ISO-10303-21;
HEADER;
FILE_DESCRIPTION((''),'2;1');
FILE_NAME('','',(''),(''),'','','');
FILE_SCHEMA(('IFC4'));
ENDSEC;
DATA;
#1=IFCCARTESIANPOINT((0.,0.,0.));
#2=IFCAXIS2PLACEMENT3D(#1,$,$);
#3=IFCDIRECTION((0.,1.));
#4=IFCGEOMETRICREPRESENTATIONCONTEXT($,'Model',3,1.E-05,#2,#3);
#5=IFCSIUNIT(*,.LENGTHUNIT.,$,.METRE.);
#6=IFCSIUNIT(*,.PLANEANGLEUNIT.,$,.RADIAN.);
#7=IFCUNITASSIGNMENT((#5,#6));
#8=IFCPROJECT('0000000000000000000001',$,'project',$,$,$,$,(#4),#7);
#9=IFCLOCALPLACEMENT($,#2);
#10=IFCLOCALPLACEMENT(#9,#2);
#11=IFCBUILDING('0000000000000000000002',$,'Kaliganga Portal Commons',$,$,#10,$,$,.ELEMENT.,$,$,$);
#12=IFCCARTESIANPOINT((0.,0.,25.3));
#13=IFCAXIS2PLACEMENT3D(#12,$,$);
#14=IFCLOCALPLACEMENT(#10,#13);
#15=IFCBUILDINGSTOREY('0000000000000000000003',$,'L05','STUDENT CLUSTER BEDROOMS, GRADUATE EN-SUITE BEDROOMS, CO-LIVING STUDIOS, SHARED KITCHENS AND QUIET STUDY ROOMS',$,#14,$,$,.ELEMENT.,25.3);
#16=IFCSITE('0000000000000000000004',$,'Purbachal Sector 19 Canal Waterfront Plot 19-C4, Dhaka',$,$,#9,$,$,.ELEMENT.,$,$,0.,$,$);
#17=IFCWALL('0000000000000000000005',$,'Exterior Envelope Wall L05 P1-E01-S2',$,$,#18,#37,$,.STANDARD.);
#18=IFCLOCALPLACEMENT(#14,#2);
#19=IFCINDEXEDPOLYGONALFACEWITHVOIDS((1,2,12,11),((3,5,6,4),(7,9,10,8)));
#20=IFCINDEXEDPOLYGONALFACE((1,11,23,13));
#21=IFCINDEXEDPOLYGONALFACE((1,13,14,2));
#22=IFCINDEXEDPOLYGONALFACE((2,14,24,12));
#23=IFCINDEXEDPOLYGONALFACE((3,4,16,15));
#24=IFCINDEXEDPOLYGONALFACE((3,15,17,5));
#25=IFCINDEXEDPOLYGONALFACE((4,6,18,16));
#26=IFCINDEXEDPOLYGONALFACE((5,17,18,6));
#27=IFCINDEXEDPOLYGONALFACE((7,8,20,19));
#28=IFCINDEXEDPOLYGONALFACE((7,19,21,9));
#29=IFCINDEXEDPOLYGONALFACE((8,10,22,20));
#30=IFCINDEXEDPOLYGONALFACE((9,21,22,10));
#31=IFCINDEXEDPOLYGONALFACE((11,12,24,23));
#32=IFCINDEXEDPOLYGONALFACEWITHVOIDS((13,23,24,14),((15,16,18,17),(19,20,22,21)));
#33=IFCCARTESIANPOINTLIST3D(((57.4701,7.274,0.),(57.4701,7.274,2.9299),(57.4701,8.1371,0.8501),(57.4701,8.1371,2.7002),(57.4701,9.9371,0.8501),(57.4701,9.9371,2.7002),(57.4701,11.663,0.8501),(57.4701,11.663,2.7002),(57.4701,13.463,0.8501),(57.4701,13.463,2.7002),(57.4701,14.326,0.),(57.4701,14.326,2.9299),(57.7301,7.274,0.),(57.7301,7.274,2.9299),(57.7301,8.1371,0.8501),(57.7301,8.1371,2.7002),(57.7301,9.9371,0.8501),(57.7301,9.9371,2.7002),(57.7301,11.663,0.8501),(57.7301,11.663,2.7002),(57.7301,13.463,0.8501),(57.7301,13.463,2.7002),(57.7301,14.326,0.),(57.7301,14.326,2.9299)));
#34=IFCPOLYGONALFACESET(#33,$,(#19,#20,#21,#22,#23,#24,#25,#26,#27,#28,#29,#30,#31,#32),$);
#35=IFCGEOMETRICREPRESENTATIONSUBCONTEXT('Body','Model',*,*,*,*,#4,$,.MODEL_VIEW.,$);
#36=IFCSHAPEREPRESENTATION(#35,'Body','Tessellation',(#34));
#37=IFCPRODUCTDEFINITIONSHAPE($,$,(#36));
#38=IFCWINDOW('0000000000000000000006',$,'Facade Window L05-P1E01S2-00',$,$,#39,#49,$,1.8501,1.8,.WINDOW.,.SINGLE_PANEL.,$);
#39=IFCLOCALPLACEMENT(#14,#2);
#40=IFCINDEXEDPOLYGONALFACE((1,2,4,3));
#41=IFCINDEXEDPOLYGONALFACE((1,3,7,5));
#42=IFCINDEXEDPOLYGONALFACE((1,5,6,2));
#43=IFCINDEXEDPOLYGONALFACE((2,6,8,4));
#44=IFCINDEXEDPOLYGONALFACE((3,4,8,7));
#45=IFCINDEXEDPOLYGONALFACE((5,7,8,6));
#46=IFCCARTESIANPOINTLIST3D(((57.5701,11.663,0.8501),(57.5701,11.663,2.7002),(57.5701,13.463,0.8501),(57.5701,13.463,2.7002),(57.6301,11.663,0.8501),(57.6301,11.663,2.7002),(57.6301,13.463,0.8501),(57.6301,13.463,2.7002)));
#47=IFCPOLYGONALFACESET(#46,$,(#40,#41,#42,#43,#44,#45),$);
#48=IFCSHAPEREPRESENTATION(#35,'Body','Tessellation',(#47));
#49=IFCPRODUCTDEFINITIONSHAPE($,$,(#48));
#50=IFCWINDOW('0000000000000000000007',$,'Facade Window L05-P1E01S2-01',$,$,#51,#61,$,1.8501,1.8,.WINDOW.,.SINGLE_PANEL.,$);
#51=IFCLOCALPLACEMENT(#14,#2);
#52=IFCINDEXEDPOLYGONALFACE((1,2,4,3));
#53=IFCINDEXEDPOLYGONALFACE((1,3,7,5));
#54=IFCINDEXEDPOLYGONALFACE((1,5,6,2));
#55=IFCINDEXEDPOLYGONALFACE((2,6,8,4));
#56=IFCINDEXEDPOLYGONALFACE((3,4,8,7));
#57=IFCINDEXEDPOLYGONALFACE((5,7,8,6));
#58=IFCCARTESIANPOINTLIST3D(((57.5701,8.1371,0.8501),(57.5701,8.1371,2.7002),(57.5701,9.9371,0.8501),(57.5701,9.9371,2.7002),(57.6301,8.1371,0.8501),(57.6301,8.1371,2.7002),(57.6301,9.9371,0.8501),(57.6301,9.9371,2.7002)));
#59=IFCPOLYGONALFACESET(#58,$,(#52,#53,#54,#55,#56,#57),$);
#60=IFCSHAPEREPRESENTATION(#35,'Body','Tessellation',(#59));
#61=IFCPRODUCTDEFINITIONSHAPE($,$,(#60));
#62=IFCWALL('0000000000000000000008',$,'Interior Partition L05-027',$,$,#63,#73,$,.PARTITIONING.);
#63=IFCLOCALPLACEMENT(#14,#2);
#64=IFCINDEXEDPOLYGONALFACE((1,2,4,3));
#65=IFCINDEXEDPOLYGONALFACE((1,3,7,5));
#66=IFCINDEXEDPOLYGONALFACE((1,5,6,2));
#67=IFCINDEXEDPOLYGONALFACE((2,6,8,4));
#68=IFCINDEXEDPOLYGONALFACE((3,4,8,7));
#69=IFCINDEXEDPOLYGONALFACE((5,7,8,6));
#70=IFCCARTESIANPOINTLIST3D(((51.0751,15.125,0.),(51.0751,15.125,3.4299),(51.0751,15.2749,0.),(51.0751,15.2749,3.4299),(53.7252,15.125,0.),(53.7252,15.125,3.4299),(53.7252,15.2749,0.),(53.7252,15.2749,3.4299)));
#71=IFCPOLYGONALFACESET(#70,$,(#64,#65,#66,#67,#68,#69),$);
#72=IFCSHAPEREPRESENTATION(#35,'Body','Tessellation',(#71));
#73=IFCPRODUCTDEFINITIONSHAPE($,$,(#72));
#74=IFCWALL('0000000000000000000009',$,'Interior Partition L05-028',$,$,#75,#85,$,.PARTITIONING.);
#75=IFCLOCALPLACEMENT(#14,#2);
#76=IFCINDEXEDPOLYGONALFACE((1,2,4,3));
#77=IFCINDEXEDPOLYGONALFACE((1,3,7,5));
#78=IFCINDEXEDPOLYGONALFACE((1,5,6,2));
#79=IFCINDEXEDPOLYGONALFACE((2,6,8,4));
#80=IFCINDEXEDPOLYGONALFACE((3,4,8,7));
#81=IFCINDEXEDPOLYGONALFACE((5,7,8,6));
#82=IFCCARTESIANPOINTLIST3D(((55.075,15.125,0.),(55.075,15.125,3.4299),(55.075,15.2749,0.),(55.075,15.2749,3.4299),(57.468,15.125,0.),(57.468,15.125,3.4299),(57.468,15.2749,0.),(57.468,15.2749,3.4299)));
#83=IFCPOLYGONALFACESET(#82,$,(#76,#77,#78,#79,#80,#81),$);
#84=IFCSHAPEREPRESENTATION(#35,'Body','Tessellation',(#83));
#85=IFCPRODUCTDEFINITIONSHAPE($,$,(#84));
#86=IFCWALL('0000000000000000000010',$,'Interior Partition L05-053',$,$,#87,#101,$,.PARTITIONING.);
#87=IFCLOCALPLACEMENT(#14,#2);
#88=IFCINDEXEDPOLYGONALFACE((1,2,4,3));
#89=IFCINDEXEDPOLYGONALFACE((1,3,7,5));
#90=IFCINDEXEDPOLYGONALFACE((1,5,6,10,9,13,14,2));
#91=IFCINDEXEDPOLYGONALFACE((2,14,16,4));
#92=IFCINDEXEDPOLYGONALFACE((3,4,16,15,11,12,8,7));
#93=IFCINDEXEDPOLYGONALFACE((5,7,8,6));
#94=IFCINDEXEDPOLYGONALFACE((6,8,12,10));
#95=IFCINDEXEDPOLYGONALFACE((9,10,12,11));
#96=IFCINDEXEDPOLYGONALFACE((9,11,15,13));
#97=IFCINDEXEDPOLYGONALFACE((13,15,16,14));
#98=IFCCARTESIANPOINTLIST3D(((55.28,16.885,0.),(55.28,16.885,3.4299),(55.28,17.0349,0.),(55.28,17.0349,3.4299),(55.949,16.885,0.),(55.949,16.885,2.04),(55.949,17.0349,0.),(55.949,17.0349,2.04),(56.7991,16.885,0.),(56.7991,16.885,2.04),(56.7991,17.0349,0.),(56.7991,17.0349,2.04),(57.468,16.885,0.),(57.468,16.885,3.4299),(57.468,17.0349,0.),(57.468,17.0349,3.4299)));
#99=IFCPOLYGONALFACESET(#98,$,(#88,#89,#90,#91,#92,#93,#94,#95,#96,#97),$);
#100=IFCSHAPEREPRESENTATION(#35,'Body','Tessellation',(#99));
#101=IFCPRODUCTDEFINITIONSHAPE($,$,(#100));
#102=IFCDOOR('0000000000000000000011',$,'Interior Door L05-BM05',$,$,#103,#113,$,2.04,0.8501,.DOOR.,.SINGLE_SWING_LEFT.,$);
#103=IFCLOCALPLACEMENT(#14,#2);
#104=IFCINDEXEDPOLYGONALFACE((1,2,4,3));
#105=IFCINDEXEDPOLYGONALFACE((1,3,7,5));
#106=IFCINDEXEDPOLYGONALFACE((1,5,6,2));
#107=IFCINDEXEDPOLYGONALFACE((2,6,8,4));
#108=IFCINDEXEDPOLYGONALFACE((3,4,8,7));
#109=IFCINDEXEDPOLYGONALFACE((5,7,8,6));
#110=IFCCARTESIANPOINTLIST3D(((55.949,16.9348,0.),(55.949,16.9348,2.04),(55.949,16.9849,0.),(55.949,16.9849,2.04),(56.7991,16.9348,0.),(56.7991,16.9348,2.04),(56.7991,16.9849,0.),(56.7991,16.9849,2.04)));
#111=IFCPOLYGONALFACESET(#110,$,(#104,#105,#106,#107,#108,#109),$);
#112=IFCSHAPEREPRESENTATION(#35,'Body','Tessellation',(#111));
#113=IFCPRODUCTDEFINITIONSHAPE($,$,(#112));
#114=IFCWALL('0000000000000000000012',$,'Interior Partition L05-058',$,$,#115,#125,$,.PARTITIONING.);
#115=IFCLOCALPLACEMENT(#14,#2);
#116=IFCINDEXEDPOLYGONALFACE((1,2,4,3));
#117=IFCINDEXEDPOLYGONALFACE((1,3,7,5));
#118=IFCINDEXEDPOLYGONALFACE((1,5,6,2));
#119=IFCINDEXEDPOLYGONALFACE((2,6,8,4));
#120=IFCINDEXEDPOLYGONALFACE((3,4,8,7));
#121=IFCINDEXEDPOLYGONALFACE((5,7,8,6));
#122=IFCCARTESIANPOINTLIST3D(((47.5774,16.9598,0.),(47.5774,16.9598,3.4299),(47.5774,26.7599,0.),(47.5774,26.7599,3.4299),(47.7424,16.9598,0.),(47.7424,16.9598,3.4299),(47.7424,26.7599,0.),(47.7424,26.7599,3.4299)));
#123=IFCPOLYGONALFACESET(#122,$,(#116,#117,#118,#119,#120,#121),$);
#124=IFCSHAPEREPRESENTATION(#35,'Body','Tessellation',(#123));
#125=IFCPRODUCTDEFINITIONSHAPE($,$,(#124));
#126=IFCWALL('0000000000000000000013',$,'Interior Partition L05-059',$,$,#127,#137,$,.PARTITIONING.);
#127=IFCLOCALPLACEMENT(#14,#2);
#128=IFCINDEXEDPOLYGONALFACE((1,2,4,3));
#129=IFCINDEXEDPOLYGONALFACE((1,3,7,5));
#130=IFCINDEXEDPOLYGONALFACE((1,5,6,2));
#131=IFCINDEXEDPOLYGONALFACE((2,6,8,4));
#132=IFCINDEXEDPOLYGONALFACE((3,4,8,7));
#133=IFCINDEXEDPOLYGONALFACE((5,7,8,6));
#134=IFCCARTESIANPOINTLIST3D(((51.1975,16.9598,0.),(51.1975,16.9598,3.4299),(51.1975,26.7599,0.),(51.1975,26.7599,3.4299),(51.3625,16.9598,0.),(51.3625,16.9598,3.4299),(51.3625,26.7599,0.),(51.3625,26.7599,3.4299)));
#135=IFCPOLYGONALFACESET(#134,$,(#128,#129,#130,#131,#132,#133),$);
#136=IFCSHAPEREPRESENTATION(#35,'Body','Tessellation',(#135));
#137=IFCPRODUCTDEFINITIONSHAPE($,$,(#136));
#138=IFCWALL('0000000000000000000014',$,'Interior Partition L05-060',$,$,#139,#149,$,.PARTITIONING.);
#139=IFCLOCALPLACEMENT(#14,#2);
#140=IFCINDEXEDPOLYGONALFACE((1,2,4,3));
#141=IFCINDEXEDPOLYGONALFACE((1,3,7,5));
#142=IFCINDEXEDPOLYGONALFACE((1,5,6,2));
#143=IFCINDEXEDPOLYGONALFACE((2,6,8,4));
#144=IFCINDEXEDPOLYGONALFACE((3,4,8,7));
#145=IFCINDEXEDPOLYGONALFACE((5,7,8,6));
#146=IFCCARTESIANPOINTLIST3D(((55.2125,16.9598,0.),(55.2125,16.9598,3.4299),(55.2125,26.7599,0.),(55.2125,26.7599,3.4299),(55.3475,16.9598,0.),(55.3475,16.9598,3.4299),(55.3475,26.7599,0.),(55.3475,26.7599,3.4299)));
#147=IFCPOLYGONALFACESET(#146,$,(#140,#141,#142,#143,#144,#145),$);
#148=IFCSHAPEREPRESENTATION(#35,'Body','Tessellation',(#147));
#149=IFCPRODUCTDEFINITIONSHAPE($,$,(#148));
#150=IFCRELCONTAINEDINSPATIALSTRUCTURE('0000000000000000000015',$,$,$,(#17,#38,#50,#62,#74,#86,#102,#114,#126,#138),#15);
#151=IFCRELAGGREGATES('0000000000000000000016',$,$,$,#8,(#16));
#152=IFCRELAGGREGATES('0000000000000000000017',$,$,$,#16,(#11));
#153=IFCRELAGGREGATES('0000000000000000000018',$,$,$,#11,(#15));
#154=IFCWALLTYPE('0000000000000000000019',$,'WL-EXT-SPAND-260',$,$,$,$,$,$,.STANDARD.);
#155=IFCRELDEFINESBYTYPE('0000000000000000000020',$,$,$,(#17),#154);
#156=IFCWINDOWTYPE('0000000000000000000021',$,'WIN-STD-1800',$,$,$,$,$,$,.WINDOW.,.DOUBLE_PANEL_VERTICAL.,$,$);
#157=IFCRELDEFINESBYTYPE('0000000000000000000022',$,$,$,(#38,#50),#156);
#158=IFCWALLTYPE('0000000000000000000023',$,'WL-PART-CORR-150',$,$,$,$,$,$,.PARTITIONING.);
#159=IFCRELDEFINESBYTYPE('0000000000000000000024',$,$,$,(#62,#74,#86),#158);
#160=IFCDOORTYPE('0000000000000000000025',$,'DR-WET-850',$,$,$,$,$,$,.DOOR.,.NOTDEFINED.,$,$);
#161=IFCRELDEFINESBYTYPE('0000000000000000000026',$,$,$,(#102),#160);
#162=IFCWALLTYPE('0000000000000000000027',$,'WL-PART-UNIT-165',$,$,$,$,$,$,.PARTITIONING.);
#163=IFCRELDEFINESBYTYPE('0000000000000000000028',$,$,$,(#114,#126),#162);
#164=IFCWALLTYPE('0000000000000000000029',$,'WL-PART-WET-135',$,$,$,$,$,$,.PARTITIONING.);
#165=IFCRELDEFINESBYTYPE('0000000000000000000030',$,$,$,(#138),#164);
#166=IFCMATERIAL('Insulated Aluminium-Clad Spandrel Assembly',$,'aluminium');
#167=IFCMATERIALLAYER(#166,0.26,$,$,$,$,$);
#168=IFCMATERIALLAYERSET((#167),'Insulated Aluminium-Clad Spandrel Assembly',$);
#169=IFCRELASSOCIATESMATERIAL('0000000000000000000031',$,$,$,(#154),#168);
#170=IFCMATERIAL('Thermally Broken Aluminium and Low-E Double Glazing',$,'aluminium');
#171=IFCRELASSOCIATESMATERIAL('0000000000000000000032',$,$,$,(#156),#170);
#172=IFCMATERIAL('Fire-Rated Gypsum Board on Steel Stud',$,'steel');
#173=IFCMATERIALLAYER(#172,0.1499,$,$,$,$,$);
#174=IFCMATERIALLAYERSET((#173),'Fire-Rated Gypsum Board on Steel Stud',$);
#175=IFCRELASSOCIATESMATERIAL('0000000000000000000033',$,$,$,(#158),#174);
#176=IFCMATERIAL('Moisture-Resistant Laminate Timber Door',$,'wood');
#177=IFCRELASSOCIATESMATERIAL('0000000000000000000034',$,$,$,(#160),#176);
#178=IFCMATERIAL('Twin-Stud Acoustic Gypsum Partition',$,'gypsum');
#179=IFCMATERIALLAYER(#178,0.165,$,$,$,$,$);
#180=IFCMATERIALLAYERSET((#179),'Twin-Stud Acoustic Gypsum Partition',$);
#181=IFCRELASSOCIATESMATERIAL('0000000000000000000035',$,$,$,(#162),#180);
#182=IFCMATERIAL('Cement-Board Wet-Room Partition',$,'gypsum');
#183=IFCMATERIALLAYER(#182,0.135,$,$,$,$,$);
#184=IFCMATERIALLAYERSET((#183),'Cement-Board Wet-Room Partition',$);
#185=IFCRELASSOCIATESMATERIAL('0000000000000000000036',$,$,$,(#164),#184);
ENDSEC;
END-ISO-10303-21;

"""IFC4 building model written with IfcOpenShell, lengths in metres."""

from ifc_helpers import new_model, si_unit, direction, frame, frame_2d, origin, place, context, subcontext, project, spatial, rectangle, extrude, material, layer, layer_set, type_object, element, fill, save


model = new_model("IFC4")

# Units and contexts
model_context = context("Model", 3, precision=1e-05, world=origin(), true_north=direction((0.0, 1.0)))
body_context = subcontext(model_context, "Body", "Model", "MODEL_VIEW")
ifc_project = project(units=[si_unit("LENGTHUNIT", "METRE"), si_unit("PLANEANGLEUNIT", "RADIAN")], contexts=[model_context])

# Site, building, storey
site_placement = place(None, origin())
site = spatial("IfcSite", under=ifc_project, at=site_placement, Name="Purbachal Sector 19 Canal Waterfront Plot 19-C4, Dhaka", CompositionType="ELEMENT", RefElevation=0.0)
building_placement = place(site_placement, origin())
building = spatial("IfcBuilding", under=site, at=building_placement, Name="Kaliganga Portal Commons", CompositionType="ELEMENT")
storey_placement = place(building_placement, frame((0.0, 0.0, 25.3)))
storey = spatial("IfcBuildingStorey", under=building, at=storey_placement, Name="L05", Description="STUDENT CLUSTER BEDROOMS, GRADUATE EN-SUITE BEDROOMS, CO-LIVING STUDIOS, SHARED KITCHENS AND QUIET STUDY ROOMS", CompositionType="ELEMENT", Elevation=25.3)

# Wall, openings, windows
ifc_material_1 = material(Name="Insulated Aluminium-Clad Spandrel Assembly", Category="aluminium")
ifc_layer_1 = layer(ifc_material_1, 0.26)
ifc_layer_set_1 = layer_set([ifc_layer_1], Name="Insulated Aluminium-Clad Spandrel Assembly")
wall_type_1 = type_object("IfcWallType", Name="WL-EXT-SPAND-260", PredefinedType="STANDARD", material=ifc_layer_set_1)
wall_1_placement = place(storey_placement, frame((57.6001, 14.3259, 0.0), z_axis=(0.0, 0.0, 1.0), x_axis=(0.0, -1.0, 0.0)))
wall_1 = element("IfcWall", 1, at=wall_1_placement, inside=storey, type_object=wall_type_1, Name="Exterior Envelope Wall L05 P1-E01-S2", PredefinedType="STANDARD", context=body_context, shape_type="SweptSolid", body=[
    extrude(rectangle(XDim=7.052, YDim=0.26, at=frame_2d((3.5259, 0.0))), origin(), (0.0, 0.0, 1.0), 2.9299),
])
opening_1_placement = place(wall_1_placement, frame((0.863, 0.0, 0.8501)))
opening_1 = element("IfcOpeningElement", 2, at=opening_1_placement, cuts=wall_1, PredefinedType="OPENING", context=body_context, shape_type="SweptSolid", body=[
    extrude(rectangle(XDim=1.8, YDim=1.8501, at=frame_2d((0.8999, 0.925))), frame((0.0, 0.1401, 0.0), z_axis=(0.0, -1.0, 0.0), x_axis=(1.0, 0.0, 0.0)), (0.0, 0.0, 1.0), 0.28),
])
opening_2_placement = place(wall_1_placement, frame((4.3889, 0.0, 0.8501)))
opening_2 = element("IfcOpeningElement", 3, at=opening_2_placement, cuts=wall_1, PredefinedType="OPENING", context=body_context, shape_type="SweptSolid", body=[
    extrude(rectangle(XDim=1.8, YDim=1.8501, at=frame_2d((0.8999, 0.925))), frame((0.0, 0.1401, 0.0), z_axis=(0.0, -1.0, 0.0), x_axis=(1.0, 0.0, 0.0)), (0.0, 0.0, 1.0), 0.28),
])
ifc_material_2 = material(Name="Thermally Broken Aluminium and Low-E Double Glazing", Category="aluminium")
window_type = type_object("IfcWindowType", Name="WIN-STD-1800", PartitioningType="DOUBLE_PANEL_VERTICAL", PredefinedType="WINDOW", material=ifc_material_2)
window_1_placement = place(opening_1_placement, origin())
window_1 = element("IfcWindow", 4, at=window_1_placement, inside=storey, type_object=window_type, Name="Facade Window L05-P1E01S2-00", OverallHeight=1.8501, OverallWidth=1.8, PartitioningType="SINGLE_PANEL", PredefinedType="WINDOW", context=body_context, shape_type="SweptSolid", body=[
    extrude(rectangle(XDim=1.8, YDim=1.8501, at=frame_2d((0.8999, 0.925))), frame((0.0, 0.03, 0.0), z_axis=(0.0, -1.0, 0.0), x_axis=(1.0, 0.0, 0.0)), (0.0, 0.0, 1.0), 0.0601),
])
fill(opening_1, window_1)
window_2_placement = place(opening_2_placement, origin())
window_2 = element("IfcWindow", 5, at=window_2_placement, inside=storey, type_object=window_type, Name="Facade Window L05-P1E01S2-01", OverallHeight=1.8501, OverallWidth=1.8, PartitioningType="SINGLE_PANEL", PredefinedType="WINDOW", context=body_context, shape_type="SweptSolid", body=[
    extrude(rectangle(XDim=1.8, YDim=1.8501, at=frame_2d((0.8999, 0.925))), frame((0.0, 0.03, 0.0), z_axis=(0.0, -1.0, 0.0), x_axis=(1.0, 0.0, 0.0)), (0.0, 0.0, 1.0), 0.0601),
])
fill(opening_2, window_2)

# Walls
ifc_material_3 = material(Name="Fire-Rated Gypsum Board on Steel Stud", Category="steel")
ifc_layer_2 = layer(ifc_material_3, 0.1499)
ifc_layer_set_2 = layer_set([ifc_layer_2], Name="Fire-Rated Gypsum Board on Steel Stud")
wall_type_2 = type_object("IfcWallType", Name="WL-PART-CORR-150", PredefinedType="PARTITIONING", material=ifc_layer_set_2)
wall_2_placement = place(storey_placement, frame((51.075, 15.2, 0.0), z_axis=(0.0, 0.0, 1.0), x_axis=(1.0, 0.0, 0.0)))
element("IfcWall", 6, at=wall_2_placement, inside=storey, type_object=wall_type_2, Name="Interior Partition L05-027", PredefinedType="PARTITIONING", context=body_context, shape_type="SweptSolid", body=[
    extrude(rectangle(XDim=2.6501, YDim=0.1499, at=frame_2d((1.3252, 0.0))), origin(), (0.0, 0.0, 1.0), 3.4299),
])
wall_3_placement = place(storey_placement, frame((55.075, 15.2, 0.0), z_axis=(0.0, 0.0, 1.0), x_axis=(1.0, 0.0, 0.0)))
element("IfcWall", 7, at=wall_3_placement, inside=storey, type_object=wall_type_2, Name="Interior Partition L05-028", PredefinedType="PARTITIONING", context=body_context, shape_type="SweptSolid", body=[
    extrude(rectangle(XDim=2.3931, YDim=0.1499, at=frame_2d((1.1965, 0.0))), origin(), (0.0, 0.0, 1.0), 3.4299),
])

# Wall, opening, door
wall_4_placement = place(storey_placement, frame((55.28, 16.96, 0.0), z_axis=(0.0, 0.0, 1.0), x_axis=(1.0, 0.0, 0.0)))
wall_4 = element("IfcWall", 8, at=wall_4_placement, inside=storey, type_object=wall_type_2, Name="Interior Partition L05-053", PredefinedType="PARTITIONING", context=body_context, shape_type="SweptSolid", body=[
    extrude(rectangle(XDim=2.188, YDim=0.1499, at=frame_2d((1.094, 0.0))), origin(), (0.0, 0.0, 1.0), 3.4299),
])
opening_3_placement = place(wall_4_placement, frame((0.6689, 0.0, 0.0)))
opening_3 = element("IfcOpeningElement", 9, at=opening_3_placement, cuts=wall_4, PredefinedType="OPENING", context=body_context, shape_type="SweptSolid", body=[
    extrude(rectangle(XDim=0.8501, YDim=2.04, at=frame_2d((0.425, 1.02))), frame((0.0, 0.085, 0.0), z_axis=(0.0, -1.0, 0.0), x_axis=(1.0, 0.0, 0.0)), (0.0, 0.0, 1.0), 0.1699),
])
ifc_material_4 = material(Name="Moisture-Resistant Laminate Timber Door", Category="wood")
door_type_1 = type_object("IfcDoorType", Name="DR-WET-850", OperationType="NOTDEFINED", PredefinedType="DOOR", material=ifc_material_4)
door_1_placement = place(opening_3_placement, origin())
door_1 = element("IfcDoor", 10, at=door_1_placement, inside=storey, type_object=door_type_1, Name="Interior Door L05-BM05", OperationType="SINGLE_SWING_LEFT", OverallHeight=2.04, OverallWidth=0.8501, PredefinedType="DOOR", context=body_context, shape_type="SweptSolid", body=[
    extrude(rectangle(XDim=0.8501, YDim=2.04, at=frame_2d((0.425, 1.02))), frame((0.0, 0.0249, 0.0), z_axis=(0.0, -1.0, 0.0), x_axis=(1.0, 0.0, 0.0)), (0.0, 0.0, 1.0), 0.05),
])
fill(opening_3, door_1)

# Walls
ifc_material_5 = material(Name="Twin-Stud Acoustic Gypsum Partition", Category="gypsum")
ifc_layer_3 = layer(ifc_material_5, 0.165)
ifc_layer_set_3 = layer_set([ifc_layer_3], Name="Twin-Stud Acoustic Gypsum Partition")
wall_type_3 = type_object("IfcWallType", Name="WL-PART-UNIT-165", PredefinedType="PARTITIONING", material=ifc_layer_set_3)
for number, where, z_axis, x_axis, name in (
    (11, (47.6599, 16.96, 0.0), (0.0, 0.0, 1.0), (0.0, 1.0, 0.0), "Interior Partition L05-058"),
    (12, (51.28, 16.96, 0.0), (0.0, 0.0, 1.0), (0.0, 1.0, 0.0), "Interior Partition L05-059"),
):
    element("IfcWall", number, at=place(storey_placement, frame(where, z_axis=z_axis, x_axis=x_axis)), inside=storey, type_object=wall_type_3, Name=name, PredefinedType="PARTITIONING", context=body_context, shape_type="SweptSolid", body=[
        extrude(rectangle(XDim=9.8, YDim=0.165, at=frame_2d((4.8999, 0.0))), origin(), (0.0, 0.0, 1.0), 3.4299),
    ])
ifc_material_6 = material(Name="Cement-Board Wet-Room Partition", Category="gypsum")
ifc_layer_4 = layer(ifc_material_6, 0.135)
ifc_layer_set_4 = layer_set([ifc_layer_4], Name="Cement-Board Wet-Room Partition")
wall_type_4 = type_object("IfcWallType", Name="WL-PART-WET-135", PredefinedType="PARTITIONING", material=ifc_layer_set_4)
wall_5_placement = place(storey_placement, frame((55.28, 16.96, 0.0), z_axis=(0.0, 0.0, 1.0), x_axis=(0.0, 1.0, 0.0)))
element("IfcWall", 13, at=wall_5_placement, inside=storey, type_object=wall_type_4, Name="Interior Partition L05-060", PredefinedType="PARTITIONING", context=body_context, shape_type="SweptSolid", body=[
    extrude(rectangle(XDim=9.8, YDim=0.135, at=frame_2d((4.8999, 0.0))), origin(), (0.0, 0.0, 1.0), 3.4299),
])

save(model, "model.ifc")
